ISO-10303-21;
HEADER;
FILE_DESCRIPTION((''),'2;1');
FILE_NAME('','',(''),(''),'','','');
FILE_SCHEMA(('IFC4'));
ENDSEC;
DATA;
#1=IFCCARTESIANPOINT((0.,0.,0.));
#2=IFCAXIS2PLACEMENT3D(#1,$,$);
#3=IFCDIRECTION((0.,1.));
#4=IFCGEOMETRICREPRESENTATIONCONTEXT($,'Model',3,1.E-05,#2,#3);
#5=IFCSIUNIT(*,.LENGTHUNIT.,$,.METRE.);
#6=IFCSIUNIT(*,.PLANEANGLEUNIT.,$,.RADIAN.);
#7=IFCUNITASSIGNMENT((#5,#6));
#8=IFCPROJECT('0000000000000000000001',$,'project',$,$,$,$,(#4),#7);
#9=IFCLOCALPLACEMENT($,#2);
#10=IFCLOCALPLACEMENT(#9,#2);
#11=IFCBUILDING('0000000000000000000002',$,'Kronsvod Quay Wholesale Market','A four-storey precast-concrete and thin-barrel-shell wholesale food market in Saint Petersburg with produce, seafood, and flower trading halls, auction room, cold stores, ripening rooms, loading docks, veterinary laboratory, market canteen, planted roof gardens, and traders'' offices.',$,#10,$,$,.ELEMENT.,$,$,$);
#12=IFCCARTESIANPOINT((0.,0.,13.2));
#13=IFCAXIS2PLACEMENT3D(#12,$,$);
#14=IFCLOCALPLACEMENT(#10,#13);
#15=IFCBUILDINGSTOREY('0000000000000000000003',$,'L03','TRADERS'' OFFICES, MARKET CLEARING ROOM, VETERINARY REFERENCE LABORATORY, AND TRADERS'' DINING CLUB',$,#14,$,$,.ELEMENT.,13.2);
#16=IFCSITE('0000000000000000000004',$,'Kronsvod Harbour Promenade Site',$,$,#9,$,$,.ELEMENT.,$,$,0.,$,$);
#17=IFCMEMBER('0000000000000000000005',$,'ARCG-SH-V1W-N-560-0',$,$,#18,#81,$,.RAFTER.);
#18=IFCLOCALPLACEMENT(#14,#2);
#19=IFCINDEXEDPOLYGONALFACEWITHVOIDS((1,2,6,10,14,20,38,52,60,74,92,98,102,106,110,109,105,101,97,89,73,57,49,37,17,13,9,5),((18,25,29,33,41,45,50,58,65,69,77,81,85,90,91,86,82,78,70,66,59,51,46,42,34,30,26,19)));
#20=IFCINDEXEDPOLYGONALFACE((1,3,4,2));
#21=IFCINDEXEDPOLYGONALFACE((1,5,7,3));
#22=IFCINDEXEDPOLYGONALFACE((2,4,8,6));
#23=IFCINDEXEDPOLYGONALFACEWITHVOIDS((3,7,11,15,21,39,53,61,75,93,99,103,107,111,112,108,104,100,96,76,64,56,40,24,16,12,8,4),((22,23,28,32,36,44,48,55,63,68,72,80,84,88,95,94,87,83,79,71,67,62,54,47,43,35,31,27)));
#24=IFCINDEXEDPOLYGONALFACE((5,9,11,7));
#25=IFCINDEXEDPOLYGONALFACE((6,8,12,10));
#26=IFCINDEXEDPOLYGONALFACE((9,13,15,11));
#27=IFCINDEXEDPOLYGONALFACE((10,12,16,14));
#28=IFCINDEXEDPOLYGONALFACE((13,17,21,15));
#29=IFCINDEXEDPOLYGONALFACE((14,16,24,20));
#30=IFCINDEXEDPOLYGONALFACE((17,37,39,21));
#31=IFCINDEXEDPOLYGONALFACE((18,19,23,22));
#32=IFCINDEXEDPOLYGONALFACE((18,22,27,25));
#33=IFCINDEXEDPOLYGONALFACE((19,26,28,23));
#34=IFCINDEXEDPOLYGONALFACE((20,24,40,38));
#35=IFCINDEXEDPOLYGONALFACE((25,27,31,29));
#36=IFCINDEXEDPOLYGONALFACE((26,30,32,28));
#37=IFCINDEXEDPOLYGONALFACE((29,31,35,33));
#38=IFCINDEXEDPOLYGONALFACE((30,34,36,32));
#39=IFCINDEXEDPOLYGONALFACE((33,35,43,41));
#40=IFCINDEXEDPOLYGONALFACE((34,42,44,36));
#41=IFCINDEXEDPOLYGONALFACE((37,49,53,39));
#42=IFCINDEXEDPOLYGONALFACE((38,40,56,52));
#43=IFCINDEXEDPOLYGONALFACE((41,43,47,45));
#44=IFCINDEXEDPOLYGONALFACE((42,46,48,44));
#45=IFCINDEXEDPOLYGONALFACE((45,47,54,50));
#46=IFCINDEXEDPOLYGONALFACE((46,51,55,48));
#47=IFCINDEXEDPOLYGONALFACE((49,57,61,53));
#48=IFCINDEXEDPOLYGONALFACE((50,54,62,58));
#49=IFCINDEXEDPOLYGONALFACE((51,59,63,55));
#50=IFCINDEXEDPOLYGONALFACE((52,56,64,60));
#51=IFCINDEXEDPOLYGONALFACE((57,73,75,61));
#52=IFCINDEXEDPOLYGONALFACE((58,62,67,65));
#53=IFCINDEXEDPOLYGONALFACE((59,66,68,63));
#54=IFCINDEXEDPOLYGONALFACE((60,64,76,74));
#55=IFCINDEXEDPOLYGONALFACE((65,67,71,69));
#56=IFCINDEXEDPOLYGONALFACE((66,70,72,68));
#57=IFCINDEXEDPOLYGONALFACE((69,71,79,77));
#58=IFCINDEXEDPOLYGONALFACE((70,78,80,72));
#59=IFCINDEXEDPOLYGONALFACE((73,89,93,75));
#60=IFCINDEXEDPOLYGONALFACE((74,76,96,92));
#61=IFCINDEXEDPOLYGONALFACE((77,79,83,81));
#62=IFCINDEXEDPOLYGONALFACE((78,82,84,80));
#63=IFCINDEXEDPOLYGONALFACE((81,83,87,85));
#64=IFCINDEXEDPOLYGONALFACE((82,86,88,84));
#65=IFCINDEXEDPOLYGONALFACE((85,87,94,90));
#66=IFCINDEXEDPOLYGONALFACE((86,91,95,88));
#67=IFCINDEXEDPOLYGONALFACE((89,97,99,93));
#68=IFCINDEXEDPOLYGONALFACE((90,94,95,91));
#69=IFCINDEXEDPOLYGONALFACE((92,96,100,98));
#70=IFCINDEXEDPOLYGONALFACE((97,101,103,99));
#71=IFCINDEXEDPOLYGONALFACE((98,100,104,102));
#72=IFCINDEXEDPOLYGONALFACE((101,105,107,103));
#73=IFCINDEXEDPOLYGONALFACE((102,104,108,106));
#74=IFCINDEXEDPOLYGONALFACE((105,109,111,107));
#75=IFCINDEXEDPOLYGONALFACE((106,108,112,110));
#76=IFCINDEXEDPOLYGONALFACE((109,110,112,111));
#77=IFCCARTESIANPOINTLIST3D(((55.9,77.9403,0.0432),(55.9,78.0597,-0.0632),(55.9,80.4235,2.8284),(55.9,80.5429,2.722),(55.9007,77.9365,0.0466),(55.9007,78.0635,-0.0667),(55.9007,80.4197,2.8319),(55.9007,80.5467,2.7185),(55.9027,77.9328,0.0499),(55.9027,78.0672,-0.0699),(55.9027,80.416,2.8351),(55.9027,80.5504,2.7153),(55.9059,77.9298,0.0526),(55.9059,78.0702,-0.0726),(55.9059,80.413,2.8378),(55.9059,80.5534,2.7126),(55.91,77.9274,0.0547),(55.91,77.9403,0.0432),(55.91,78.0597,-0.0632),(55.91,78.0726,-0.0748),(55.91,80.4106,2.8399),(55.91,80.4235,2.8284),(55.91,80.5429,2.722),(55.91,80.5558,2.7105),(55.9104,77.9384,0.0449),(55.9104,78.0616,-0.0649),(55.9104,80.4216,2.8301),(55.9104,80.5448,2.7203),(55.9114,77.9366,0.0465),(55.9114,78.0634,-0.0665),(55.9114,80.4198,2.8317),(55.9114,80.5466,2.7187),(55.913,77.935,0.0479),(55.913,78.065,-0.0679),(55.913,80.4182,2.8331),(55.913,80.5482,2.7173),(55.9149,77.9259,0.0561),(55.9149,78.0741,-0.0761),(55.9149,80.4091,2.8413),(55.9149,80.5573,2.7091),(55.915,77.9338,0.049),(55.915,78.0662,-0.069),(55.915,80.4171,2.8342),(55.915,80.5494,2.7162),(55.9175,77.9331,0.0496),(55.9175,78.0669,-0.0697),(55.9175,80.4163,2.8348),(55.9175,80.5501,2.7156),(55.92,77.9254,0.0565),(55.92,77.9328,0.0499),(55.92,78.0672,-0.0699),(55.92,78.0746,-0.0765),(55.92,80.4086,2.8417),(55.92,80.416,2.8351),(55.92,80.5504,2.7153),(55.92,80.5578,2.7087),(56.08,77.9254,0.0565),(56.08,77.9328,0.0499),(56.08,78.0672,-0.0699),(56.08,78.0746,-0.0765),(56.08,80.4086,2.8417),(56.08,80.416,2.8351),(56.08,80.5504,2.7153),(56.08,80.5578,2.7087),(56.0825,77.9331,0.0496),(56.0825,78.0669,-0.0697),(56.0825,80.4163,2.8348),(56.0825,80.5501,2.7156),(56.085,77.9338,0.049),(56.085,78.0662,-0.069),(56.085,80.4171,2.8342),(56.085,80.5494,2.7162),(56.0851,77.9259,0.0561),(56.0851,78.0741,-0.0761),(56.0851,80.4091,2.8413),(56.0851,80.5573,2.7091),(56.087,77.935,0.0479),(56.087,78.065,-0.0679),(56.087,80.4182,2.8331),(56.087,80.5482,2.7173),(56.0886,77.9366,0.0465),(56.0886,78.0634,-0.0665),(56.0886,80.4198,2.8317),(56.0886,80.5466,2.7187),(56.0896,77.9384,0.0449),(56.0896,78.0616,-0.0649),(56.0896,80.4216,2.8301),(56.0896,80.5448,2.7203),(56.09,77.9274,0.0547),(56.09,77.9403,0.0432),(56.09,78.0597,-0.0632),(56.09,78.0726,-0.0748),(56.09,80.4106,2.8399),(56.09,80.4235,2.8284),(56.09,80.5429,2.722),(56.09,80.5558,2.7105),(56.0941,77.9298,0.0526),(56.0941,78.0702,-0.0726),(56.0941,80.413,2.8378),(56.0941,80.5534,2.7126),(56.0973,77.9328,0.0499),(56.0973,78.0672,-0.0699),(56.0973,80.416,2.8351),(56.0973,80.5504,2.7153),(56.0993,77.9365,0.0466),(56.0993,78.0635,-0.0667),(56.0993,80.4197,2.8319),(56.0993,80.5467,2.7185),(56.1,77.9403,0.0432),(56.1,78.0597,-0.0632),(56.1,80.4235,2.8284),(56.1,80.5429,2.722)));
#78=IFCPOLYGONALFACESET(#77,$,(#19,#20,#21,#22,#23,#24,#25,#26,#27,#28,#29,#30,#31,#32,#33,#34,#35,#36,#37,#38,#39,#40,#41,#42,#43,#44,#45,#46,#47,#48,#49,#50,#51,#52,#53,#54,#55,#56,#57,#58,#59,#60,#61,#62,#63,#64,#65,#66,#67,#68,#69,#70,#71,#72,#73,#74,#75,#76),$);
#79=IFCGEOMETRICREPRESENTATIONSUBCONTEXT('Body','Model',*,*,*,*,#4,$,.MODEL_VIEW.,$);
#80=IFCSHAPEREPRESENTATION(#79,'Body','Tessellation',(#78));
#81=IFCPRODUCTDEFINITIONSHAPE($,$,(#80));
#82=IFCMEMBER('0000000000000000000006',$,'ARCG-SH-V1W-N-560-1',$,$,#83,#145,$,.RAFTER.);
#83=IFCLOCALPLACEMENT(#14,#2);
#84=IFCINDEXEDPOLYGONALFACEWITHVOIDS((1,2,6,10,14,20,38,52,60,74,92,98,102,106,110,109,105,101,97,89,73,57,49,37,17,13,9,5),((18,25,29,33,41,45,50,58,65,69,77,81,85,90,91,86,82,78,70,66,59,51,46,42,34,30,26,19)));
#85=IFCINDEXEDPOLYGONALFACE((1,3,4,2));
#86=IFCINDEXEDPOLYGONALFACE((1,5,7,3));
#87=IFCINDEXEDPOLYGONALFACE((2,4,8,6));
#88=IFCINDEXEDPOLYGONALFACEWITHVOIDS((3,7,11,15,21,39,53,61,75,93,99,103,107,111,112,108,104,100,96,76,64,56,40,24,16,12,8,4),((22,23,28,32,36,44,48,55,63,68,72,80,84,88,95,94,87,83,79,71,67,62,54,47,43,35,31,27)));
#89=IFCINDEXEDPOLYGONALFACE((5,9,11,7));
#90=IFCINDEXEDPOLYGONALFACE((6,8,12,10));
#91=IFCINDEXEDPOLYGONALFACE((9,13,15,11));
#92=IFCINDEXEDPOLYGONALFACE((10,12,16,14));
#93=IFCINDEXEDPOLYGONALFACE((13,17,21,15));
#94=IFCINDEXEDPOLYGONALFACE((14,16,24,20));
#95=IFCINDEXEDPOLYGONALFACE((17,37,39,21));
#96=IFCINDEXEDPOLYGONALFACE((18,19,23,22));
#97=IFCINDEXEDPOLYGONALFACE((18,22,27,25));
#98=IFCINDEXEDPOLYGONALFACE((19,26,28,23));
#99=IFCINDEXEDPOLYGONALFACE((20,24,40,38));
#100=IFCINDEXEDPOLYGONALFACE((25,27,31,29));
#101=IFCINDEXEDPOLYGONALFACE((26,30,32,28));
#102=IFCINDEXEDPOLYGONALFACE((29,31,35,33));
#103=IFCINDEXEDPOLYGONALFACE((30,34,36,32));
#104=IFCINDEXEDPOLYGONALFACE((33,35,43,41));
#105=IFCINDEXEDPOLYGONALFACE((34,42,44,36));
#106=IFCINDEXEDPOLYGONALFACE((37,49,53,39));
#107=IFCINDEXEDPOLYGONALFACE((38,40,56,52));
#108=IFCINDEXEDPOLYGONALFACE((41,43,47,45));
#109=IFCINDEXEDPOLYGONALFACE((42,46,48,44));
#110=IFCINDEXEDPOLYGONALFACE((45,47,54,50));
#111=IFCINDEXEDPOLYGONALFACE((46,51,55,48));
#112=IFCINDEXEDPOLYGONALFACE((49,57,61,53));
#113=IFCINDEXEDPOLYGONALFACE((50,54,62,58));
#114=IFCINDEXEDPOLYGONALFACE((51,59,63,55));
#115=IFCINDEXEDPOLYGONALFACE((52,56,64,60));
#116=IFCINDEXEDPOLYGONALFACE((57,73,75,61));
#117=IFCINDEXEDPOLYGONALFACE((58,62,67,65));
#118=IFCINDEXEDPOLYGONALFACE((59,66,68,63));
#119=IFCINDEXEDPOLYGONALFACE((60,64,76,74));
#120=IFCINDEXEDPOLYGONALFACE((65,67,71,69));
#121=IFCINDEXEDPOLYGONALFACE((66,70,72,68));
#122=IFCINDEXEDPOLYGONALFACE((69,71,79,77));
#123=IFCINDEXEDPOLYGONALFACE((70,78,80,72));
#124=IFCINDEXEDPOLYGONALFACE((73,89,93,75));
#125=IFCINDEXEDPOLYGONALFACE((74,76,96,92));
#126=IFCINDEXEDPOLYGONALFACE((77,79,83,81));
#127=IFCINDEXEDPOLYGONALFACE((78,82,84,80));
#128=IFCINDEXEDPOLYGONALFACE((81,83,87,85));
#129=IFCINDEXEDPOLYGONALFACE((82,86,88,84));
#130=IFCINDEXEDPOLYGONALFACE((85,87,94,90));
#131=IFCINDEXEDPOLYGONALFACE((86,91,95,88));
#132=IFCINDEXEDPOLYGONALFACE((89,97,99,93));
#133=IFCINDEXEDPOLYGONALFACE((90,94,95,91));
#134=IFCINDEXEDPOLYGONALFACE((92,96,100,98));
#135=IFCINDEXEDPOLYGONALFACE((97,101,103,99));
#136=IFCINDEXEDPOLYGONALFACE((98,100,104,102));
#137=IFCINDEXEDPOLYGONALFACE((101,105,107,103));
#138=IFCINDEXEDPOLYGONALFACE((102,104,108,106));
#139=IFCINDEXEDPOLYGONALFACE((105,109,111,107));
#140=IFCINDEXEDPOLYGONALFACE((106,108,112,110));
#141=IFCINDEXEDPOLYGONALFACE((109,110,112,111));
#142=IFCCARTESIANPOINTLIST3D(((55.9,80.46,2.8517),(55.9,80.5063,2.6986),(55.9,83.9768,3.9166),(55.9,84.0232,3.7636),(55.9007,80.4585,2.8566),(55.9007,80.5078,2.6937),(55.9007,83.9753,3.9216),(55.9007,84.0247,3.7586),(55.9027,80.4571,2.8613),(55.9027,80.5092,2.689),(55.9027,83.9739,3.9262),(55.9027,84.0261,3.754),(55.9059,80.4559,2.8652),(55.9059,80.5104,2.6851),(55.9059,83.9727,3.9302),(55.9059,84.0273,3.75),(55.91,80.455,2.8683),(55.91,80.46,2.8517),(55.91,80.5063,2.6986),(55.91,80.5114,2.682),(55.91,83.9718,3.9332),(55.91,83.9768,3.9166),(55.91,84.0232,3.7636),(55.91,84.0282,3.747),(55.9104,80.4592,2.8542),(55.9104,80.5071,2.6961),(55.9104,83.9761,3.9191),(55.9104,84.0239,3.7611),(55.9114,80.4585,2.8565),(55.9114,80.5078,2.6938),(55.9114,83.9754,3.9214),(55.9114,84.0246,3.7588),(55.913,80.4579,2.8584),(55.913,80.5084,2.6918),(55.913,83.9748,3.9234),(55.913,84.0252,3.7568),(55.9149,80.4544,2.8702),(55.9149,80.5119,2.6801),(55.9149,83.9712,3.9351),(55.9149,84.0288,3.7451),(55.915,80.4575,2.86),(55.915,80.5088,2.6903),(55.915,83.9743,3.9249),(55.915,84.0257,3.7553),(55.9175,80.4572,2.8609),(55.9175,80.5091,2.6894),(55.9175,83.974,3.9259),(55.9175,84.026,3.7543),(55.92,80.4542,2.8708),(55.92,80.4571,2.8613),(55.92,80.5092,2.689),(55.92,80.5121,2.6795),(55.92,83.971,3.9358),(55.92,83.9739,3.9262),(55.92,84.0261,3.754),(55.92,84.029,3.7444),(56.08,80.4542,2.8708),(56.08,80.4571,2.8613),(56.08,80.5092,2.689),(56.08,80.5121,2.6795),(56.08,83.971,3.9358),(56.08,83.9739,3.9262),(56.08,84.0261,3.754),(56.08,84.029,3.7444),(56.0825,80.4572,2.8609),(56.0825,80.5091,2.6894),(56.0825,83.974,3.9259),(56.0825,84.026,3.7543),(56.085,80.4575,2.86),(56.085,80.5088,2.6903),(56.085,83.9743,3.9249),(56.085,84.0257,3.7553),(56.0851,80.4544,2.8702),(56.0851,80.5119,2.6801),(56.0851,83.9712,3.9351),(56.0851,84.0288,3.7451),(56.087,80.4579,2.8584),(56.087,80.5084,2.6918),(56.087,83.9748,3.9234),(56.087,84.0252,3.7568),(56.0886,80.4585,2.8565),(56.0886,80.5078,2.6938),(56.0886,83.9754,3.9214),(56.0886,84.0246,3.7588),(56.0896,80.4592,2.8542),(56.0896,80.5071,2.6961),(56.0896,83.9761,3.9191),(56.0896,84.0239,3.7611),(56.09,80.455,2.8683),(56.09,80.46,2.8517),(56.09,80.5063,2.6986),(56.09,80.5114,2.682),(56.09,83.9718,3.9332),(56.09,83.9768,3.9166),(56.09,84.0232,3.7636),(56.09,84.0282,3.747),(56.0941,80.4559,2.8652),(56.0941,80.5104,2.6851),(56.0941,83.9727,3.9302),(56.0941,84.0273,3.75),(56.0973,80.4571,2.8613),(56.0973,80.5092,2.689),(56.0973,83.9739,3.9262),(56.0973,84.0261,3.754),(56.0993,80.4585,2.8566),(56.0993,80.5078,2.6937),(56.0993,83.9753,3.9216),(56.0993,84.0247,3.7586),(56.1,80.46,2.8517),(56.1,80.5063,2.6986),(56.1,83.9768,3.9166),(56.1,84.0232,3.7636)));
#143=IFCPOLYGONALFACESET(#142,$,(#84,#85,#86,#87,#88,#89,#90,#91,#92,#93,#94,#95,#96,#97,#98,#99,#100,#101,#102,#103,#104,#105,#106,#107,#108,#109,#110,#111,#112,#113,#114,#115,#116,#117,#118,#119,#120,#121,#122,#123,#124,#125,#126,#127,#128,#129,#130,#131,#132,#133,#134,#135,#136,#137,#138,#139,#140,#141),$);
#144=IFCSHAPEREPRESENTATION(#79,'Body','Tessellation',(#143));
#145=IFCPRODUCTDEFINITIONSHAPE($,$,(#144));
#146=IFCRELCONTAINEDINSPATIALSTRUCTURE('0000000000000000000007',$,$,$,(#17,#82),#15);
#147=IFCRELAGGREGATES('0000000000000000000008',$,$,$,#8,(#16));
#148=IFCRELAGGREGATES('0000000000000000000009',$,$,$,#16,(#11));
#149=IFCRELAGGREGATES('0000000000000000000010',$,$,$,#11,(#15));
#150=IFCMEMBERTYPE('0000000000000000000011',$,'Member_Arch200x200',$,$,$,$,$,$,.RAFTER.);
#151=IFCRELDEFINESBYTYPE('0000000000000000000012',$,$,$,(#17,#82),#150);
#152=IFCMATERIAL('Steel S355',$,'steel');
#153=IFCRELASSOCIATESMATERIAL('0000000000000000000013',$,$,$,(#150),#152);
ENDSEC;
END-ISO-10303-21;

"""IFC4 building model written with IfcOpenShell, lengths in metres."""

from ifc_helpers import new_model, si_unit, direction, frame, origin, origin_2d, place, context, subcontext, project, spatial, hollow_rectangle, extrude, material, material_profile, profile_set, type_object, element, save


model = new_model("IFC4")

# Units and contexts
model_context = context("Model", 3, precision=1e-05, world=origin(), true_north=direction((0.0, 1.0)))
body_context = subcontext(model_context, "Body", "Model", "MODEL_VIEW")
ifc_project = project(units=[si_unit("LENGTHUNIT", "METRE"), si_unit("PLANEANGLEUNIT", "RADIAN")], contexts=[model_context])

# Site, building, storey
site_placement = place(None, origin())
site = spatial("IfcSite", under=ifc_project, at=site_placement, Name="Kronsvod Harbour Promenade Site", CompositionType="ELEMENT", RefElevation=0.0)
building_placement = place(site_placement, origin())
building = spatial("IfcBuilding", under=site, at=building_placement, Name="Kronsvod Quay Wholesale Market", Description="A four-storey precast-concrete and thin-barrel-shell wholesale food market in Saint Petersburg with produce, seafood, and flower trading halls, auction room, cold stores, ripening rooms, loading docks, veterinary laboratory, market canteen, planted roof gardens, and traders' offices.", CompositionType="ELEMENT")
storey_placement = place(building_placement, frame((0.0, 0.0, 13.2)))
storey = spatial("IfcBuildingStorey", under=building, at=storey_placement, Name="L03", Description="TRADERS' OFFICES, MARKET CLEARING ROOM, VETERINARY REFERENCE LABORATORY, AND TRADERS' DINING CLUB", CompositionType="ELEMENT", Elevation=13.2)

# Members
ifc_material_1 = material(Name="Steel S355", Category="steel")
ifc_material_profile_1 = material_profile(ifc_material_1, hollow_rectangle(XDim=0.2, YDim=0.2, WallThickness=0.01, InnerFilletRadius=0.01, OuterFilletRadius=0.02, at=origin_2d()), Name="RHS200x200x10")
ifc_profile_set_1 = profile_set([ifc_material_profile_1], Name="Steel S355")
member_type_1 = type_object("IfcMemberType", Name="Member_Arch200x200", PredefinedType="RAFTER", material=ifc_profile_set_1)
member_1_placement = place(storey_placement, frame((56.0, 78.0, -0.01), z_axis=(0.0, 0.66548, 0.746416), x_axis=(-1.0, 0.0, 0.0)))
element("IfcMember", 1, at=member_1_placement, inside=storey, type_object=member_type_1, Name="ARCG-SH-V1W-N-560-0", PredefinedType="RAFTER", context=body_context, shape_type="SweptSolid", body=[
    extrude(hollow_rectangle(XDim=0.2, YDim=0.2, WallThickness=0.01, InnerFilletRadius=0.01, OuterFilletRadius=0.02, at=origin_2d()), origin(), (0.0, 0.0, 1.0), 3.7314),
])
for number, where, z_axis, x_axis, name in (
    (2, (56.0, 80.4832, 2.7751), (0.0, 0.957083, 0.289816), (-1.0, 0.0, 0.0), "ARCG-SH-V1W-N-560-1"),
):
    element("IfcMember", number, at=place(storey_placement, frame(where, z_axis=z_axis, x_axis=x_axis)), inside=storey, type_object=member_type_1, Name=name, PredefinedType="RAFTER", context=body_context, shape_type="SweptSolid", body=[
        extrude(hollow_rectangle(XDim=0.2, YDim=0.2, WallThickness=0.01, InnerFilletRadius=0.01, OuterFilletRadius=0.02, at=origin_2d()), origin(), (0.0, 0.0, 1.0), 3.6746),
    ])

save(model, "model.ifc")
